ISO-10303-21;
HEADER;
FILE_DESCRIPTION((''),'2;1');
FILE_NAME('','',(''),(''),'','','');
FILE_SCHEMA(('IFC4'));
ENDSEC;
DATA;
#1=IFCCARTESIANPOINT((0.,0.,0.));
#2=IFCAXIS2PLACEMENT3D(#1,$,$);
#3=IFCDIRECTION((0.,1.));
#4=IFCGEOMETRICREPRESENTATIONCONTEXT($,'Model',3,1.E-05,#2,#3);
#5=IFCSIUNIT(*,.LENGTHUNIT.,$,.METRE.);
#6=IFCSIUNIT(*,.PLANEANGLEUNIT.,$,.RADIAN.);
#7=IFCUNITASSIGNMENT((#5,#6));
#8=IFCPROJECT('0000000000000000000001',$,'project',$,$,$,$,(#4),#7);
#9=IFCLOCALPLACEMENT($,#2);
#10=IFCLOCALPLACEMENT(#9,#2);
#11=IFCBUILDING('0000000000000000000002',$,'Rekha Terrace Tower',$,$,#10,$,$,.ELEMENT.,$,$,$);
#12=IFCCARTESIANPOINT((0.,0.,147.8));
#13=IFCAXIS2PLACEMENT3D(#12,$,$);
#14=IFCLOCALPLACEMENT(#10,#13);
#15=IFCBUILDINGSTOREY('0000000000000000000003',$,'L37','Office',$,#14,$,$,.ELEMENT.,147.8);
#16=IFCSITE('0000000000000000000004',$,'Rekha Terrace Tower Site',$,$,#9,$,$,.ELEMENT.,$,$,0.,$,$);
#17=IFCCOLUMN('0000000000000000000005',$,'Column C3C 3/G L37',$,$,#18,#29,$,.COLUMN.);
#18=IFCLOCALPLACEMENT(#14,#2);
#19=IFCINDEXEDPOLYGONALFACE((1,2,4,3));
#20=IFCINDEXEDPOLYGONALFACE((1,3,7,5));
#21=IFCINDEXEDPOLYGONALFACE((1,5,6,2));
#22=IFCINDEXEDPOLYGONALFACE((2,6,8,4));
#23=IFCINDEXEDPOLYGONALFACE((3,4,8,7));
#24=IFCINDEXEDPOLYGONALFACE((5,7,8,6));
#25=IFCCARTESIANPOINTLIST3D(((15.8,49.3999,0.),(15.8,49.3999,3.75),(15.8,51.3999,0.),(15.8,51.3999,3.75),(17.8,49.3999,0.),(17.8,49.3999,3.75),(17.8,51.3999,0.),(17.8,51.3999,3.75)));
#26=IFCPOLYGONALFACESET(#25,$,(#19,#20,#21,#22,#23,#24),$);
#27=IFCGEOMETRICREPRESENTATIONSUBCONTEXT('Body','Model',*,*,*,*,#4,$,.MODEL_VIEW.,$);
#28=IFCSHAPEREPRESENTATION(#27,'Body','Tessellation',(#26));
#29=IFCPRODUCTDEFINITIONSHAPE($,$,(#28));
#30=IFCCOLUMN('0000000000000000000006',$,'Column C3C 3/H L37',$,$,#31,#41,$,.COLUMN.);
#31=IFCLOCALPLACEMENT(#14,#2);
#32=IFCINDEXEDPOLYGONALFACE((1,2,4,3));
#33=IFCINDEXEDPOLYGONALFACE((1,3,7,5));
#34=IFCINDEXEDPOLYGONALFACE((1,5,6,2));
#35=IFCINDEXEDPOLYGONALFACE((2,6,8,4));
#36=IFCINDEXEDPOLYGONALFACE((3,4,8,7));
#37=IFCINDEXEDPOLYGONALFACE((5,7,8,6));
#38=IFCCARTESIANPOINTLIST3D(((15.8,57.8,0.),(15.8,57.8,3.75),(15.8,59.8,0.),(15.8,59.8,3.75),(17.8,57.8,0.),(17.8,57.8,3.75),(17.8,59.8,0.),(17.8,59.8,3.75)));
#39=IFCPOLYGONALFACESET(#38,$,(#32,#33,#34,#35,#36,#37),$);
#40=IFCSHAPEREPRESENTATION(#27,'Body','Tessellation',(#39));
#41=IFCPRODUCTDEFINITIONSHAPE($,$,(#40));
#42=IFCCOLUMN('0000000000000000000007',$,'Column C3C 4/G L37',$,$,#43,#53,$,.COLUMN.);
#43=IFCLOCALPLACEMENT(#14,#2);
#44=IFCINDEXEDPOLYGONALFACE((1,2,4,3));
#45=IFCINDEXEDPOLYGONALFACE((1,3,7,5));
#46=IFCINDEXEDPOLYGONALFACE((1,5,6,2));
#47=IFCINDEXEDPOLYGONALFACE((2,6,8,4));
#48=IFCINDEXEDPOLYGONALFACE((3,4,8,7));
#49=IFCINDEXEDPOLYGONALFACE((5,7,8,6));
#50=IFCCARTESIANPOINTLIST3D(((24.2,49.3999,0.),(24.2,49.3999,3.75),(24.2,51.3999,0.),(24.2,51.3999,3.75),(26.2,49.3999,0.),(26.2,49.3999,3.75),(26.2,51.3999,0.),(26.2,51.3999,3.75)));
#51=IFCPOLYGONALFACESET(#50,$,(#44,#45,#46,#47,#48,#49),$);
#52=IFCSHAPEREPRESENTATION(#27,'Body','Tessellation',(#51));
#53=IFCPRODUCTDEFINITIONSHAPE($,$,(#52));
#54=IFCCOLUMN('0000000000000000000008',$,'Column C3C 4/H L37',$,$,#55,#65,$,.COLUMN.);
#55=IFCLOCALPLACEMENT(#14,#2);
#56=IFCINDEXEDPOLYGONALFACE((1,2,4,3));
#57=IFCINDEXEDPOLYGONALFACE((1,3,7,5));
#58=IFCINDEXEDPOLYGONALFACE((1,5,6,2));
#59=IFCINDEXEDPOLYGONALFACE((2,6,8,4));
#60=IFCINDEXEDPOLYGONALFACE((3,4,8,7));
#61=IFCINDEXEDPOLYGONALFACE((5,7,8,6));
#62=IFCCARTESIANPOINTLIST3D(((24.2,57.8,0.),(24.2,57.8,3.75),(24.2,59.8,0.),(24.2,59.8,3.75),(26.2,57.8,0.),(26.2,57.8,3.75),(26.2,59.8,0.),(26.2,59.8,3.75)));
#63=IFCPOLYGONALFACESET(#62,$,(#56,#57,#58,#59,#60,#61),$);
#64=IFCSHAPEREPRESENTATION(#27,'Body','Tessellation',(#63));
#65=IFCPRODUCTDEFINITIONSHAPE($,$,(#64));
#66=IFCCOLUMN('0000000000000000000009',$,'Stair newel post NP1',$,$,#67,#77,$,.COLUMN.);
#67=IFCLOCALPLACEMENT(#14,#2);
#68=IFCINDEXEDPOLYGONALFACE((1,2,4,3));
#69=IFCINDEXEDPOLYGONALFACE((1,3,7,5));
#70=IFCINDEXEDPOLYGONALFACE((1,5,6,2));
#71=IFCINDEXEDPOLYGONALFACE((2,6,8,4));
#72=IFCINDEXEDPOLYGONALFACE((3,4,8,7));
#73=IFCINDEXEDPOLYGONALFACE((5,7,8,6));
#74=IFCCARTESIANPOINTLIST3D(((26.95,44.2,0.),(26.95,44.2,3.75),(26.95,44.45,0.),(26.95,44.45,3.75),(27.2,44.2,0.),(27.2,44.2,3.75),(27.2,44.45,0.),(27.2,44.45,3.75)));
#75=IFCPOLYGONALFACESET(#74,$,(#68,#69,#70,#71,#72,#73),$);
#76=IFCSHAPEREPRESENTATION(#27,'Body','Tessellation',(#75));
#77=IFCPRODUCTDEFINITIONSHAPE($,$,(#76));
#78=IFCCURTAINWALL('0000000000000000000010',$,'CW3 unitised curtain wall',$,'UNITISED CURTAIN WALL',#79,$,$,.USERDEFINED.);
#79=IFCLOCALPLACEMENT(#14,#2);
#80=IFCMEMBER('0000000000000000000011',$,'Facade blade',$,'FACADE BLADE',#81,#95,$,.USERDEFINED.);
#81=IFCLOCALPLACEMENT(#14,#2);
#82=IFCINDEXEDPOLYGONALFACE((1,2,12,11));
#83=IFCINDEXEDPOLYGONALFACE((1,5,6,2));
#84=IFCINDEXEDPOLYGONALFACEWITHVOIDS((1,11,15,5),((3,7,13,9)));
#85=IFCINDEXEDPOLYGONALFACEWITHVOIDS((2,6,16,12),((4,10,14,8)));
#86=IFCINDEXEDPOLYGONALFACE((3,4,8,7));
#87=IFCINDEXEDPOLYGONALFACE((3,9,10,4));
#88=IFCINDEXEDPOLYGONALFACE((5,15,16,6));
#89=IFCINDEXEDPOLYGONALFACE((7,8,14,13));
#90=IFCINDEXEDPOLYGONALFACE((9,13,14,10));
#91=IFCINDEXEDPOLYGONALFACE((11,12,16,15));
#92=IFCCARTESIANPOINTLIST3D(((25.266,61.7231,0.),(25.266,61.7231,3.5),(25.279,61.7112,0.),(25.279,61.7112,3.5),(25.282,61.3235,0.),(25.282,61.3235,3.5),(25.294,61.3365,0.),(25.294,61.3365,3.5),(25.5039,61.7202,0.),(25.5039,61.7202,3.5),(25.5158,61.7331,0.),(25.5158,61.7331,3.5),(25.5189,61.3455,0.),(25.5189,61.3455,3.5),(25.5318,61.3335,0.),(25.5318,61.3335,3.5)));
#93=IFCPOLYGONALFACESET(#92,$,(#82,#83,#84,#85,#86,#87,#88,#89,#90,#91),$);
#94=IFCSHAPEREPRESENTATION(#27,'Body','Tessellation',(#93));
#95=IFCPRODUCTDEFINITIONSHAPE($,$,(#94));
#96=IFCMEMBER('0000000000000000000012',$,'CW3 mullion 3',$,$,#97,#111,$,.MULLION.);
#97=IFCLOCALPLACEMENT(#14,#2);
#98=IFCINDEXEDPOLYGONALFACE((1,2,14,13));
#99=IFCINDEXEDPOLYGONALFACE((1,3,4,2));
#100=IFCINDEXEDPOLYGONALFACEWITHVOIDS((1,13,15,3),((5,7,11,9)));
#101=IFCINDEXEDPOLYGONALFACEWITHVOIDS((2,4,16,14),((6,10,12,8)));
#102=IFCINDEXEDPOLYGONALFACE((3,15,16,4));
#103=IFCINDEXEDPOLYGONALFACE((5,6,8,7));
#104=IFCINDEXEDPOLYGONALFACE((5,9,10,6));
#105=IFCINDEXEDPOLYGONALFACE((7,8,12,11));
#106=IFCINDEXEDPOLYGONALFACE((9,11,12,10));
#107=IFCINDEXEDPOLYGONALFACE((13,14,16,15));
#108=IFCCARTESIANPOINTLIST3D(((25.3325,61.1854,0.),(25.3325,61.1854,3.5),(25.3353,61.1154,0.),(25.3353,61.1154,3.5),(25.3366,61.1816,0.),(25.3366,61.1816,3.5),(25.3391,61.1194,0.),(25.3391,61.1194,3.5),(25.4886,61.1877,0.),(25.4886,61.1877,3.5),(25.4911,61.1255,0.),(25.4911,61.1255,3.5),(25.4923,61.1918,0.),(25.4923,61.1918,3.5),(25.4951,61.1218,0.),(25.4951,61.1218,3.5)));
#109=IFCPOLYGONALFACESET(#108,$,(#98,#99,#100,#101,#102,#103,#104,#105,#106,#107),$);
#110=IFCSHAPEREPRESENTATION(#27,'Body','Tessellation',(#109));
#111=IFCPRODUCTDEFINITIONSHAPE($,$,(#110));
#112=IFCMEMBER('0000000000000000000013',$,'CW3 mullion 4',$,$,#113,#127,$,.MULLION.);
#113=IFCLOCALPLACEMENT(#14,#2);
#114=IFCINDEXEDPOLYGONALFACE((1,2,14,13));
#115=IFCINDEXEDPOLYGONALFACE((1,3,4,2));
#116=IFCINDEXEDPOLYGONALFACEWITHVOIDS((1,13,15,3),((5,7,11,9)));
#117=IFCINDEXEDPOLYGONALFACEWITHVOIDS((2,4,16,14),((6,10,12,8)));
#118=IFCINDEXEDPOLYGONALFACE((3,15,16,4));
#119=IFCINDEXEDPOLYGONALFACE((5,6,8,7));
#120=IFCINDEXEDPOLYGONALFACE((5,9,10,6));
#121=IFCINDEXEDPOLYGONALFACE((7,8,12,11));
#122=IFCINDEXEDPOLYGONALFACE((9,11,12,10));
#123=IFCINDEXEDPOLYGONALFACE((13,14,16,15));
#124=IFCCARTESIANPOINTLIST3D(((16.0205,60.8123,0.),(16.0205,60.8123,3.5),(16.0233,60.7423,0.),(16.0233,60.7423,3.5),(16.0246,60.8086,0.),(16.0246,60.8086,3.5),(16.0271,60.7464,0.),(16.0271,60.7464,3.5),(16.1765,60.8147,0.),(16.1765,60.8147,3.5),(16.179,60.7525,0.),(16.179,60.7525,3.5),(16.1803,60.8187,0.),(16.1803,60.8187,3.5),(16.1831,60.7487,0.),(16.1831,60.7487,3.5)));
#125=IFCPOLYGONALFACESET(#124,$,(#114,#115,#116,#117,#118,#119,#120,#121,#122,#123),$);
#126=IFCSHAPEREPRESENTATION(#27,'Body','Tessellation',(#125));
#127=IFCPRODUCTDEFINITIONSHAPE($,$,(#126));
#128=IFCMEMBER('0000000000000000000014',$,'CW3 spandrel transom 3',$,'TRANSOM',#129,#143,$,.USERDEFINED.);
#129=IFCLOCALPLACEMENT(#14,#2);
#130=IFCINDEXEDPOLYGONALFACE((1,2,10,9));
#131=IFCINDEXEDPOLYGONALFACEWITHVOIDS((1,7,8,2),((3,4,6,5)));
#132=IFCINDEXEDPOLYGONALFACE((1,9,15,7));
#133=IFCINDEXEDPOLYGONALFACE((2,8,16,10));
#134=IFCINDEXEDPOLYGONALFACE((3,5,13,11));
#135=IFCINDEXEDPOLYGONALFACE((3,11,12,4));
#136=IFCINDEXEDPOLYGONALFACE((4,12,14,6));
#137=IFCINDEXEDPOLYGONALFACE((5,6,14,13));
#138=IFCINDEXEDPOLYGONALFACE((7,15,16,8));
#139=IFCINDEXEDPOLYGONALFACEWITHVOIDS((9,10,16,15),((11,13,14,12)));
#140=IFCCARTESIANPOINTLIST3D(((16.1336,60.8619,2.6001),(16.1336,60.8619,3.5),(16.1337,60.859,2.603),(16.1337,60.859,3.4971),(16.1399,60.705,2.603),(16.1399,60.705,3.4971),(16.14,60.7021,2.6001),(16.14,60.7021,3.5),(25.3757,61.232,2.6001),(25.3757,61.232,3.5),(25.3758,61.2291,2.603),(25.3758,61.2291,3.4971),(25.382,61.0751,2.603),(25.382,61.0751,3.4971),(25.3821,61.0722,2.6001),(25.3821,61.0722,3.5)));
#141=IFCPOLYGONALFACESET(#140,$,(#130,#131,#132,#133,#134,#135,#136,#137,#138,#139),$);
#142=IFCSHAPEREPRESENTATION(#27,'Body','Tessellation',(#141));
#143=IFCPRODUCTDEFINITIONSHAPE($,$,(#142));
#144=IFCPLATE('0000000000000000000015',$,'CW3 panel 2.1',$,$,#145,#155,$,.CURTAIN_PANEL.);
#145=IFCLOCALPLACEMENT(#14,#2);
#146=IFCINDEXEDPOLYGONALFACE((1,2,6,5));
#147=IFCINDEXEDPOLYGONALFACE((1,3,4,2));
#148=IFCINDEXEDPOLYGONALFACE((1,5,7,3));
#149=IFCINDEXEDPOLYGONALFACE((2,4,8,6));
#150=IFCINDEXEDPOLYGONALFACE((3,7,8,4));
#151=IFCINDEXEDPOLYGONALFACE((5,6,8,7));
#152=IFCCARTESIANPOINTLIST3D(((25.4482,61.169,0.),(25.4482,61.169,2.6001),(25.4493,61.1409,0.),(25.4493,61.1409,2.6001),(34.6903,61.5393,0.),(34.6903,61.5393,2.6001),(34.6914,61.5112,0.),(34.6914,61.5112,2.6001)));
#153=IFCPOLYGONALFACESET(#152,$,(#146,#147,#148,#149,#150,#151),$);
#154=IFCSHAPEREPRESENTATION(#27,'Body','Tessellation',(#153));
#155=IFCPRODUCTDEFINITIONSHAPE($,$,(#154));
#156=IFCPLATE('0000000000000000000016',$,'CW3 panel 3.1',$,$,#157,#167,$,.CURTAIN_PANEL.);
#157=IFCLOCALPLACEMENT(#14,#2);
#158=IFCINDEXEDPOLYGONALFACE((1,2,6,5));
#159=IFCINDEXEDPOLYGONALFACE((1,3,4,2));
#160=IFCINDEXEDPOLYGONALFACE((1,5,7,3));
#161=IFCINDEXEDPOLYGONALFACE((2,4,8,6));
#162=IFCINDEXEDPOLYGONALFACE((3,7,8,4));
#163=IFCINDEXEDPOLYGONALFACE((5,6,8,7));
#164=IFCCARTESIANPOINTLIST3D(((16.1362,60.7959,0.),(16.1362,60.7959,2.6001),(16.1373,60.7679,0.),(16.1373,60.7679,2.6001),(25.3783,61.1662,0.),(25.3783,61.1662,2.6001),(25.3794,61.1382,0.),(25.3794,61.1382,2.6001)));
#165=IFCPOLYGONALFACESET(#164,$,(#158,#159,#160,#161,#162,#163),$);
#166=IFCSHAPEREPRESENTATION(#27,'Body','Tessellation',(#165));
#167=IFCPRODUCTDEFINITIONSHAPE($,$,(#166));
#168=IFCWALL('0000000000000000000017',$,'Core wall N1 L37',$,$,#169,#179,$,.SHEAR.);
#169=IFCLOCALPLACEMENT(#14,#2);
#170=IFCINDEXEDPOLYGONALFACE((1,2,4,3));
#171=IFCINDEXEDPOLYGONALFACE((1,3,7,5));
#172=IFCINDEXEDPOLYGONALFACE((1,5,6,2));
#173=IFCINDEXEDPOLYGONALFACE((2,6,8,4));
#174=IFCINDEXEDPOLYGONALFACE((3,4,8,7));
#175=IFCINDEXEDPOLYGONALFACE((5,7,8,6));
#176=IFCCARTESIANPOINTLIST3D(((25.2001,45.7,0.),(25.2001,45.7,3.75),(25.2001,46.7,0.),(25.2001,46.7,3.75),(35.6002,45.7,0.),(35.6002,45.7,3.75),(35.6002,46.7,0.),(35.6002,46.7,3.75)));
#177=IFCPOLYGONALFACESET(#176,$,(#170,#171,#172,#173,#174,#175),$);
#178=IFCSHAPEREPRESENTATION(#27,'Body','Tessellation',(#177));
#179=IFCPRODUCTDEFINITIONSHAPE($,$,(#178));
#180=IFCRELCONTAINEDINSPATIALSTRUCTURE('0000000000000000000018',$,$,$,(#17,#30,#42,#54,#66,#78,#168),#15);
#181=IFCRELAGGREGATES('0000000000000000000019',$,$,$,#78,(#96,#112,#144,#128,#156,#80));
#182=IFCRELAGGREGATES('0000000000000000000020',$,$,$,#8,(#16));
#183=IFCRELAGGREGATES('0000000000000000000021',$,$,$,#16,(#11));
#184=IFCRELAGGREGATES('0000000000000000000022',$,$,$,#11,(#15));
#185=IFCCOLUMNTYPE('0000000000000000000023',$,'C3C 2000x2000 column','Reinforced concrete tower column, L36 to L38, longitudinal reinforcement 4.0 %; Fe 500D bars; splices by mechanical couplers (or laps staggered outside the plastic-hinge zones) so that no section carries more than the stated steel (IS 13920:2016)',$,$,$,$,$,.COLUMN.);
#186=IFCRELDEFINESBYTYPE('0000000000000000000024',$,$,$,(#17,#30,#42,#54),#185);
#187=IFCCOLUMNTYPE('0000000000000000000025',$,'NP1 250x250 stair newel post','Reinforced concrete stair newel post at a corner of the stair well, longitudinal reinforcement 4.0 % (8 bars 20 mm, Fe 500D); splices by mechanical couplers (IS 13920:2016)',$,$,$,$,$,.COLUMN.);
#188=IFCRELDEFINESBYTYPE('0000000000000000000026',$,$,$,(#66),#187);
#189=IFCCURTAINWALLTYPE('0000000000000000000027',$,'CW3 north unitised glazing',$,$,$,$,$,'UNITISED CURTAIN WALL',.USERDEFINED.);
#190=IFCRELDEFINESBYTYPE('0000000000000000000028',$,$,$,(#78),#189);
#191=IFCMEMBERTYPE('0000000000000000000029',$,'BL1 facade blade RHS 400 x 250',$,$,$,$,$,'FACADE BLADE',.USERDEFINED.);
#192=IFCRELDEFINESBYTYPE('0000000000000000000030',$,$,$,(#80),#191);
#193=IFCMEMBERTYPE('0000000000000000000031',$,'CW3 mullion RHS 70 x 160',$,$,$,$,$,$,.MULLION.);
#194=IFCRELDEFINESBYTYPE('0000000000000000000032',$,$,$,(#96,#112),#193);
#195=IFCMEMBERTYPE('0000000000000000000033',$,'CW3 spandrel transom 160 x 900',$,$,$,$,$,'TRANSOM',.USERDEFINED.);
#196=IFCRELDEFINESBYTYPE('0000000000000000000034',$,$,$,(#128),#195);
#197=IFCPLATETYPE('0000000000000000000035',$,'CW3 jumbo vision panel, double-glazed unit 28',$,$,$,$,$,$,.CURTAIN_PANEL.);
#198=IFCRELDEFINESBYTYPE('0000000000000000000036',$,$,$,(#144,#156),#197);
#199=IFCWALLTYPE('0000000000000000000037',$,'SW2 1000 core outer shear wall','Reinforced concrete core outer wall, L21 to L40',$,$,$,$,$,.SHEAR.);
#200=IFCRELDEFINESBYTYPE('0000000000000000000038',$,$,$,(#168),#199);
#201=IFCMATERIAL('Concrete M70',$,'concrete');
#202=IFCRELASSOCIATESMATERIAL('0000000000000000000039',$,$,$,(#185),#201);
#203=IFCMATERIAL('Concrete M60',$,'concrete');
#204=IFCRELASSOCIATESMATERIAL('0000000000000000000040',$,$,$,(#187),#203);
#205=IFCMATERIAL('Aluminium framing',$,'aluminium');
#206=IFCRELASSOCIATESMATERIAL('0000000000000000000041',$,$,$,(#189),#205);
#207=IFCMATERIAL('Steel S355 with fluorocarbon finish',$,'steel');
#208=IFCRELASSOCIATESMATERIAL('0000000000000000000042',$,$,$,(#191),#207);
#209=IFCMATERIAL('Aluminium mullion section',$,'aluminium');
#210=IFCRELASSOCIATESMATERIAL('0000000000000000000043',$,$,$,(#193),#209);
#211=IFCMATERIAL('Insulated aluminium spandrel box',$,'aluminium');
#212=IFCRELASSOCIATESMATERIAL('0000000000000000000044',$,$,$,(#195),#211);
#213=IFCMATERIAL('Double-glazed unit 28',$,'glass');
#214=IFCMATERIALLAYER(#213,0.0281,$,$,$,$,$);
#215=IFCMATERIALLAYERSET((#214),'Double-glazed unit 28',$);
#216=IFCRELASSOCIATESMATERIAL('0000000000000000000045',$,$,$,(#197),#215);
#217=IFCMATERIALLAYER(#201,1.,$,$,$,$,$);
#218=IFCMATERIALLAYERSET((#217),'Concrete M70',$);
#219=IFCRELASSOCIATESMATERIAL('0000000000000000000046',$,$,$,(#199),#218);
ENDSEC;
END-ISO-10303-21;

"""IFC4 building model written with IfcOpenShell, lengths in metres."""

from ifc_helpers import new_model, si_unit, direction, frame, frame_2d, origin, origin_2d, place, context, subcontext, project, spatial, rectangle, hollow_rectangle, extrude, material, layer, layer_set, material_profile, profile_set, type_object, element, aggregate, save


model = new_model("IFC4")

# Units and contexts
model_context = context("Model", 3, precision=1e-05, world=origin(), true_north=direction((0.0, 1.0)))
body_context = subcontext(model_context, "Body", "Model", "MODEL_VIEW")
ifc_project = project(units=[si_unit("LENGTHUNIT", "METRE"), si_unit("PLANEANGLEUNIT", "RADIAN")], contexts=[model_context])

# Site, building, storey
site_placement = place(None, origin())
site = spatial("IfcSite", under=ifc_project, at=site_placement, Name="Rekha Terrace Tower Site", CompositionType="ELEMENT", RefElevation=0.0)
building_placement = place(site_placement, origin())
building = spatial("IfcBuilding", under=site, at=building_placement, Name="Rekha Terrace Tower", CompositionType="ELEMENT")
storey_placement = place(building_placement, frame((0.0, 0.0, 147.8)))
storey = spatial("IfcBuildingStorey", under=building, at=storey_placement, Name="L37", Description="Office", CompositionType="ELEMENT", Elevation=147.8)

# Columns
ifc_material_1 = material(Name="Concrete M70", Category="concrete")
ifc_material_profile_1 = material_profile(ifc_material_1, rectangle(XDim=2.0, YDim=2.0, at=origin_2d()), Name="RC 2000x2000")
ifc_profile_set_1 = profile_set([ifc_material_profile_1], Name="Concrete M70")
column_type_1 = type_object("IfcColumnType", Name="C3C 2000x2000 column", Description="Reinforced concrete tower column, L36 to L38, longitudinal reinforcement 4.0 %; Fe 500D bars; splices by mechanical couplers (or laps staggered outside the plastic-hinge zones) so that no section carries more than the stated steel (IS 13920:2016)", PredefinedType="COLUMN", material=ifc_profile_set_1)
for number, where, z_axis, x_axis, name in (
    (1, (16.8, 50.3999, 0.0), (0.0, 0.0, 1.0), (1.0, 0.0, 0.0), "Column C3C 3/G L37"),
    (2, (16.8, 58.8, 0.0), (0.0, 0.0, 1.0), (1.0, 0.0, 0.0), "Column C3C 3/H L37"),
    (3, (25.2, 50.3999, 0.0), (0.0, 0.0, 1.0), (1.0, 0.0, 0.0), "Column C3C 4/G L37"),
    (4, (25.2, 58.8, 0.0), (0.0, 0.0, 1.0), (1.0, 0.0, 0.0), "Column C3C 4/H L37"),
):
    element("IfcColumn", number, at=place(storey_placement, frame(where, z_axis=z_axis, x_axis=x_axis)), inside=storey, type_object=column_type_1, Name=name, PredefinedType="COLUMN", context=body_context, shape_type="SweptSolid", body=[
        extrude(rectangle(XDim=2.0, YDim=2.0, at=origin_2d()), origin(), (0.0, 0.0, 1.0), 3.75),
    ])
ifc_material_2 = material(Name="Concrete M60", Category="concrete")
ifc_material_profile_2 = material_profile(ifc_material_2, rectangle(XDim=0.25, YDim=0.25, at=origin_2d()), Name="RC 250x250")
ifc_profile_set_2 = profile_set([ifc_material_profile_2], Name="Concrete M60")
column_type_2 = type_object("IfcColumnType", Name="NP1 250x250 stair newel post", Description="Reinforced concrete stair newel post at a corner of the stair well, longitudinal reinforcement 4.0 % (8 bars 20 mm, Fe 500D); splices by mechanical couplers (IS 13920:2016)", PredefinedType="COLUMN", material=ifc_profile_set_2)
column_placement = place(storey_placement, frame((27.075, 44.325, 0.0), z_axis=(0.0, 0.0, 1.0), x_axis=(1.0, 0.0, 0.0)))
element("IfcColumn", 5, at=column_placement, inside=storey, type_object=column_type_2, Name="Stair newel post NP1", PredefinedType="COLUMN", context=body_context, shape_type="SweptSolid", body=[
    extrude(rectangle(XDim=0.25, YDim=0.25, at=origin_2d()), origin(), (0.0, 0.0, 1.0), 3.75),
])

# Curtain wall, members, plates
ifc_material_3 = material(Name="Aluminium framing", Category="aluminium")
curtain_wall_type = type_object("IfcCurtainWallType", Name="CW3 north unitised glazing", ElementType="UNITISED CURTAIN WALL", PredefinedType="USERDEFINED", material=ifc_material_3)
curtain_wall_placement = place(storey_placement, origin())
curtain_wall = element("IfcCurtainWall", 6, at=curtain_wall_placement, inside=storey, type_object=curtain_wall_type, Name="CW3 unitised curtain wall", ObjectType="UNITISED CURTAIN WALL", PredefinedType="USERDEFINED")
ifc_material_4 = material(Name="Steel S355 with fluorocarbon finish", Category="steel")
ifc_material_profile_3 = material_profile(ifc_material_4, hollow_rectangle(XDim=0.25, YDim=0.3999, WallThickness=0.0125, at=origin_2d()), Name="RHS400x250x12.5")
ifc_profile_set_3 = profile_set([ifc_material_profile_3], Name="Steel S355 with fluorocarbon finish")
member_type_1 = type_object("IfcMemberType", Name="BL1 facade blade RHS 400 x 250", ElementType="FACADE BLADE", PredefinedType="USERDEFINED", material=ifc_profile_set_3)
member_1_placement = place(storey_placement, frame((25.3989, 61.5283, 0.0), z_axis=(0.0, 0.0, 1.0), x_axis=(-0.999198, -0.040032, 0.0)))
member_1 = element("IfcMember", 7, at=member_1_placement, type_object=member_type_1, Name="Facade blade", ObjectType="FACADE BLADE", PredefinedType="USERDEFINED", context=body_context, shape_type="SweptSolid", body=[
    extrude(hollow_rectangle(XDim=0.25, YDim=0.3999, WallThickness=0.0125, at=origin_2d()), origin(), (0.0, 0.0, 1.0), 3.5),
])
ifc_material_5 = material(Name="Aluminium mullion section", Category="aluminium")
ifc_material_profile_4 = material_profile(ifc_material_5, hollow_rectangle(XDim=0.0701, YDim=0.1599, WallThickness=0.0039, at=origin_2d()), Name="AL RHS 70x160")
ifc_profile_set_4 = profile_set([ifc_material_profile_4], Name="Aluminium mullion section")
member_type_2 = type_object("IfcMemberType", Name="CW3 mullion RHS 70 x 160", PredefinedType="MULLION", material=ifc_profile_set_4)
member_2_placement = place(storey_placement, frame((25.4138, 61.1536, 0.0), z_axis=(0.0, 0.0, 1.0), x_axis=(0.040032, -0.999198, 0.0)))
member_2 = element("IfcMember", 8, at=member_2_placement, type_object=member_type_2, Name="CW3 mullion 3", PredefinedType="MULLION", context=body_context, shape_type="SweptSolid", body=[
    extrude(hollow_rectangle(XDim=0.0701, YDim=0.1599, WallThickness=0.0039, at=origin_2d()), origin(), (0.0, 0.0, 1.0), 3.5),
])
member_3_placement = place(storey_placement, frame((16.1018, 60.7805, 0.0), z_axis=(0.0, 0.0, 1.0), x_axis=(0.040032, -0.999198, 0.0)))
member_3 = element("IfcMember", 9, at=member_3_placement, type_object=member_type_2, Name="CW3 mullion 4", PredefinedType="MULLION", context=body_context, shape_type="SweptSolid", body=[
    extrude(hollow_rectangle(XDim=0.0701, YDim=0.1599, WallThickness=0.0039, at=origin_2d()), origin(), (0.0, 0.0, 1.0), 3.5),
])
ifc_material_6 = material(Name="Insulated aluminium spandrel box", Category="aluminium")
ifc_material_profile_5 = material_profile(ifc_material_6, hollow_rectangle(XDim=0.1599, YDim=0.8999, WallThickness=0.0029, at=origin_2d()), Name="AL SPANDREL BOX 160x900")
ifc_profile_set_5 = profile_set([ifc_material_profile_5], Name="Insulated aluminium spandrel box")
member_type_3 = type_object("IfcMemberType", Name="CW3 spandrel transom 160 x 900", ElementType="TRANSOM", PredefinedType="USERDEFINED", material=ifc_profile_set_5)
member_4_placement = place(storey_placement, frame((25.3789, 61.1521, 3.05), z_axis=(-0.999199, -0.040014, 0.0), x_axis=(0.040014, -0.999199, 0.0)))
member_4 = element("IfcMember", 10, at=member_4_placement, type_object=member_type_3, Name="CW3 spandrel transom 3", ObjectType="TRANSOM", PredefinedType="USERDEFINED", context=body_context, shape_type="SweptSolid", body=[
    extrude(hollow_rectangle(XDim=0.1599, YDim=0.8999, WallThickness=0.0029, at=origin_2d()), origin(), (0.0, 0.0, 1.0), 9.2495),
])
ifc_material_7 = material(Name="Double-glazed unit 28", Category="glass")
ifc_layer_1 = layer(ifc_material_7, 0.0281)
ifc_layer_set_1 = layer_set([ifc_layer_1], Name="Double-glazed unit 28")
plate_type = type_object("IfcPlateType", Name="CW3 jumbo vision panel, double-glazed unit 28", PredefinedType="CURTAIN_PANEL", material=ifc_layer_set_1)
plate_1_placement = place(storey_placement, frame((30.0698, 61.3401, 0.0), z_axis=(0.0, 0.0, 1.0), x_axis=(-0.999198, -0.040032, 0.0)))
plate_1 = element("IfcPlate", 11, at=plate_1_placement, type_object=plate_type, Name="CW3 panel 2.1", PredefinedType="CURTAIN_PANEL", context=body_context, shape_type="SweptSolid", body=[
    extrude(rectangle(XDim=9.2495, YDim=0.0281, at=origin_2d()), origin(), (0.0, 0.0, 1.0), 2.6001),
])
plate_2_placement = place(storey_placement, frame((20.7578, 60.967, 0.0), z_axis=(0.0, 0.0, 1.0), x_axis=(-0.999198, -0.040032, 0.0)))
plate_2 = element("IfcPlate", 12, at=plate_2_placement, type_object=plate_type, Name="CW3 panel 3.1", PredefinedType="CURTAIN_PANEL", context=body_context, shape_type="SweptSolid", body=[
    extrude(rectangle(XDim=9.2495, YDim=0.0281, at=origin_2d()), origin(), (0.0, 0.0, 1.0), 2.6001),
])
aggregate(curtain_wall, [member_2, member_3, plate_1, member_4, plate_2, member_1])

# Wall
ifc_layer_2 = layer(ifc_material_1, 1.0)
ifc_layer_set_2 = layer_set([ifc_layer_2], Name="Concrete M70")
wall_type_1 = type_object("IfcWallType", Name="SW2 1000 core outer shear wall", Description="Reinforced concrete core outer wall, L21 to L40", PredefinedType="SHEAR", material=ifc_layer_set_2)
wall_1_placement = place(storey_placement, frame((25.2, 46.2, 0.0), z_axis=(0.0, 0.0, 1.0), x_axis=(1.0, 0.0, 0.0)))
element("IfcWall", 13, at=wall_1_placement, inside=storey, type_object=wall_type_1, Name="Core wall N1 L37", PredefinedType="SHEAR", context=body_context, shape_type="SweptSolid", body=[
    extrude(rectangle(XDim=10.4001, YDim=1.0, at=frame_2d((5.2002, 0.0))), origin(), (0.0, 0.0, 1.0), 3.75),
])

save(model, "model.ifc")
